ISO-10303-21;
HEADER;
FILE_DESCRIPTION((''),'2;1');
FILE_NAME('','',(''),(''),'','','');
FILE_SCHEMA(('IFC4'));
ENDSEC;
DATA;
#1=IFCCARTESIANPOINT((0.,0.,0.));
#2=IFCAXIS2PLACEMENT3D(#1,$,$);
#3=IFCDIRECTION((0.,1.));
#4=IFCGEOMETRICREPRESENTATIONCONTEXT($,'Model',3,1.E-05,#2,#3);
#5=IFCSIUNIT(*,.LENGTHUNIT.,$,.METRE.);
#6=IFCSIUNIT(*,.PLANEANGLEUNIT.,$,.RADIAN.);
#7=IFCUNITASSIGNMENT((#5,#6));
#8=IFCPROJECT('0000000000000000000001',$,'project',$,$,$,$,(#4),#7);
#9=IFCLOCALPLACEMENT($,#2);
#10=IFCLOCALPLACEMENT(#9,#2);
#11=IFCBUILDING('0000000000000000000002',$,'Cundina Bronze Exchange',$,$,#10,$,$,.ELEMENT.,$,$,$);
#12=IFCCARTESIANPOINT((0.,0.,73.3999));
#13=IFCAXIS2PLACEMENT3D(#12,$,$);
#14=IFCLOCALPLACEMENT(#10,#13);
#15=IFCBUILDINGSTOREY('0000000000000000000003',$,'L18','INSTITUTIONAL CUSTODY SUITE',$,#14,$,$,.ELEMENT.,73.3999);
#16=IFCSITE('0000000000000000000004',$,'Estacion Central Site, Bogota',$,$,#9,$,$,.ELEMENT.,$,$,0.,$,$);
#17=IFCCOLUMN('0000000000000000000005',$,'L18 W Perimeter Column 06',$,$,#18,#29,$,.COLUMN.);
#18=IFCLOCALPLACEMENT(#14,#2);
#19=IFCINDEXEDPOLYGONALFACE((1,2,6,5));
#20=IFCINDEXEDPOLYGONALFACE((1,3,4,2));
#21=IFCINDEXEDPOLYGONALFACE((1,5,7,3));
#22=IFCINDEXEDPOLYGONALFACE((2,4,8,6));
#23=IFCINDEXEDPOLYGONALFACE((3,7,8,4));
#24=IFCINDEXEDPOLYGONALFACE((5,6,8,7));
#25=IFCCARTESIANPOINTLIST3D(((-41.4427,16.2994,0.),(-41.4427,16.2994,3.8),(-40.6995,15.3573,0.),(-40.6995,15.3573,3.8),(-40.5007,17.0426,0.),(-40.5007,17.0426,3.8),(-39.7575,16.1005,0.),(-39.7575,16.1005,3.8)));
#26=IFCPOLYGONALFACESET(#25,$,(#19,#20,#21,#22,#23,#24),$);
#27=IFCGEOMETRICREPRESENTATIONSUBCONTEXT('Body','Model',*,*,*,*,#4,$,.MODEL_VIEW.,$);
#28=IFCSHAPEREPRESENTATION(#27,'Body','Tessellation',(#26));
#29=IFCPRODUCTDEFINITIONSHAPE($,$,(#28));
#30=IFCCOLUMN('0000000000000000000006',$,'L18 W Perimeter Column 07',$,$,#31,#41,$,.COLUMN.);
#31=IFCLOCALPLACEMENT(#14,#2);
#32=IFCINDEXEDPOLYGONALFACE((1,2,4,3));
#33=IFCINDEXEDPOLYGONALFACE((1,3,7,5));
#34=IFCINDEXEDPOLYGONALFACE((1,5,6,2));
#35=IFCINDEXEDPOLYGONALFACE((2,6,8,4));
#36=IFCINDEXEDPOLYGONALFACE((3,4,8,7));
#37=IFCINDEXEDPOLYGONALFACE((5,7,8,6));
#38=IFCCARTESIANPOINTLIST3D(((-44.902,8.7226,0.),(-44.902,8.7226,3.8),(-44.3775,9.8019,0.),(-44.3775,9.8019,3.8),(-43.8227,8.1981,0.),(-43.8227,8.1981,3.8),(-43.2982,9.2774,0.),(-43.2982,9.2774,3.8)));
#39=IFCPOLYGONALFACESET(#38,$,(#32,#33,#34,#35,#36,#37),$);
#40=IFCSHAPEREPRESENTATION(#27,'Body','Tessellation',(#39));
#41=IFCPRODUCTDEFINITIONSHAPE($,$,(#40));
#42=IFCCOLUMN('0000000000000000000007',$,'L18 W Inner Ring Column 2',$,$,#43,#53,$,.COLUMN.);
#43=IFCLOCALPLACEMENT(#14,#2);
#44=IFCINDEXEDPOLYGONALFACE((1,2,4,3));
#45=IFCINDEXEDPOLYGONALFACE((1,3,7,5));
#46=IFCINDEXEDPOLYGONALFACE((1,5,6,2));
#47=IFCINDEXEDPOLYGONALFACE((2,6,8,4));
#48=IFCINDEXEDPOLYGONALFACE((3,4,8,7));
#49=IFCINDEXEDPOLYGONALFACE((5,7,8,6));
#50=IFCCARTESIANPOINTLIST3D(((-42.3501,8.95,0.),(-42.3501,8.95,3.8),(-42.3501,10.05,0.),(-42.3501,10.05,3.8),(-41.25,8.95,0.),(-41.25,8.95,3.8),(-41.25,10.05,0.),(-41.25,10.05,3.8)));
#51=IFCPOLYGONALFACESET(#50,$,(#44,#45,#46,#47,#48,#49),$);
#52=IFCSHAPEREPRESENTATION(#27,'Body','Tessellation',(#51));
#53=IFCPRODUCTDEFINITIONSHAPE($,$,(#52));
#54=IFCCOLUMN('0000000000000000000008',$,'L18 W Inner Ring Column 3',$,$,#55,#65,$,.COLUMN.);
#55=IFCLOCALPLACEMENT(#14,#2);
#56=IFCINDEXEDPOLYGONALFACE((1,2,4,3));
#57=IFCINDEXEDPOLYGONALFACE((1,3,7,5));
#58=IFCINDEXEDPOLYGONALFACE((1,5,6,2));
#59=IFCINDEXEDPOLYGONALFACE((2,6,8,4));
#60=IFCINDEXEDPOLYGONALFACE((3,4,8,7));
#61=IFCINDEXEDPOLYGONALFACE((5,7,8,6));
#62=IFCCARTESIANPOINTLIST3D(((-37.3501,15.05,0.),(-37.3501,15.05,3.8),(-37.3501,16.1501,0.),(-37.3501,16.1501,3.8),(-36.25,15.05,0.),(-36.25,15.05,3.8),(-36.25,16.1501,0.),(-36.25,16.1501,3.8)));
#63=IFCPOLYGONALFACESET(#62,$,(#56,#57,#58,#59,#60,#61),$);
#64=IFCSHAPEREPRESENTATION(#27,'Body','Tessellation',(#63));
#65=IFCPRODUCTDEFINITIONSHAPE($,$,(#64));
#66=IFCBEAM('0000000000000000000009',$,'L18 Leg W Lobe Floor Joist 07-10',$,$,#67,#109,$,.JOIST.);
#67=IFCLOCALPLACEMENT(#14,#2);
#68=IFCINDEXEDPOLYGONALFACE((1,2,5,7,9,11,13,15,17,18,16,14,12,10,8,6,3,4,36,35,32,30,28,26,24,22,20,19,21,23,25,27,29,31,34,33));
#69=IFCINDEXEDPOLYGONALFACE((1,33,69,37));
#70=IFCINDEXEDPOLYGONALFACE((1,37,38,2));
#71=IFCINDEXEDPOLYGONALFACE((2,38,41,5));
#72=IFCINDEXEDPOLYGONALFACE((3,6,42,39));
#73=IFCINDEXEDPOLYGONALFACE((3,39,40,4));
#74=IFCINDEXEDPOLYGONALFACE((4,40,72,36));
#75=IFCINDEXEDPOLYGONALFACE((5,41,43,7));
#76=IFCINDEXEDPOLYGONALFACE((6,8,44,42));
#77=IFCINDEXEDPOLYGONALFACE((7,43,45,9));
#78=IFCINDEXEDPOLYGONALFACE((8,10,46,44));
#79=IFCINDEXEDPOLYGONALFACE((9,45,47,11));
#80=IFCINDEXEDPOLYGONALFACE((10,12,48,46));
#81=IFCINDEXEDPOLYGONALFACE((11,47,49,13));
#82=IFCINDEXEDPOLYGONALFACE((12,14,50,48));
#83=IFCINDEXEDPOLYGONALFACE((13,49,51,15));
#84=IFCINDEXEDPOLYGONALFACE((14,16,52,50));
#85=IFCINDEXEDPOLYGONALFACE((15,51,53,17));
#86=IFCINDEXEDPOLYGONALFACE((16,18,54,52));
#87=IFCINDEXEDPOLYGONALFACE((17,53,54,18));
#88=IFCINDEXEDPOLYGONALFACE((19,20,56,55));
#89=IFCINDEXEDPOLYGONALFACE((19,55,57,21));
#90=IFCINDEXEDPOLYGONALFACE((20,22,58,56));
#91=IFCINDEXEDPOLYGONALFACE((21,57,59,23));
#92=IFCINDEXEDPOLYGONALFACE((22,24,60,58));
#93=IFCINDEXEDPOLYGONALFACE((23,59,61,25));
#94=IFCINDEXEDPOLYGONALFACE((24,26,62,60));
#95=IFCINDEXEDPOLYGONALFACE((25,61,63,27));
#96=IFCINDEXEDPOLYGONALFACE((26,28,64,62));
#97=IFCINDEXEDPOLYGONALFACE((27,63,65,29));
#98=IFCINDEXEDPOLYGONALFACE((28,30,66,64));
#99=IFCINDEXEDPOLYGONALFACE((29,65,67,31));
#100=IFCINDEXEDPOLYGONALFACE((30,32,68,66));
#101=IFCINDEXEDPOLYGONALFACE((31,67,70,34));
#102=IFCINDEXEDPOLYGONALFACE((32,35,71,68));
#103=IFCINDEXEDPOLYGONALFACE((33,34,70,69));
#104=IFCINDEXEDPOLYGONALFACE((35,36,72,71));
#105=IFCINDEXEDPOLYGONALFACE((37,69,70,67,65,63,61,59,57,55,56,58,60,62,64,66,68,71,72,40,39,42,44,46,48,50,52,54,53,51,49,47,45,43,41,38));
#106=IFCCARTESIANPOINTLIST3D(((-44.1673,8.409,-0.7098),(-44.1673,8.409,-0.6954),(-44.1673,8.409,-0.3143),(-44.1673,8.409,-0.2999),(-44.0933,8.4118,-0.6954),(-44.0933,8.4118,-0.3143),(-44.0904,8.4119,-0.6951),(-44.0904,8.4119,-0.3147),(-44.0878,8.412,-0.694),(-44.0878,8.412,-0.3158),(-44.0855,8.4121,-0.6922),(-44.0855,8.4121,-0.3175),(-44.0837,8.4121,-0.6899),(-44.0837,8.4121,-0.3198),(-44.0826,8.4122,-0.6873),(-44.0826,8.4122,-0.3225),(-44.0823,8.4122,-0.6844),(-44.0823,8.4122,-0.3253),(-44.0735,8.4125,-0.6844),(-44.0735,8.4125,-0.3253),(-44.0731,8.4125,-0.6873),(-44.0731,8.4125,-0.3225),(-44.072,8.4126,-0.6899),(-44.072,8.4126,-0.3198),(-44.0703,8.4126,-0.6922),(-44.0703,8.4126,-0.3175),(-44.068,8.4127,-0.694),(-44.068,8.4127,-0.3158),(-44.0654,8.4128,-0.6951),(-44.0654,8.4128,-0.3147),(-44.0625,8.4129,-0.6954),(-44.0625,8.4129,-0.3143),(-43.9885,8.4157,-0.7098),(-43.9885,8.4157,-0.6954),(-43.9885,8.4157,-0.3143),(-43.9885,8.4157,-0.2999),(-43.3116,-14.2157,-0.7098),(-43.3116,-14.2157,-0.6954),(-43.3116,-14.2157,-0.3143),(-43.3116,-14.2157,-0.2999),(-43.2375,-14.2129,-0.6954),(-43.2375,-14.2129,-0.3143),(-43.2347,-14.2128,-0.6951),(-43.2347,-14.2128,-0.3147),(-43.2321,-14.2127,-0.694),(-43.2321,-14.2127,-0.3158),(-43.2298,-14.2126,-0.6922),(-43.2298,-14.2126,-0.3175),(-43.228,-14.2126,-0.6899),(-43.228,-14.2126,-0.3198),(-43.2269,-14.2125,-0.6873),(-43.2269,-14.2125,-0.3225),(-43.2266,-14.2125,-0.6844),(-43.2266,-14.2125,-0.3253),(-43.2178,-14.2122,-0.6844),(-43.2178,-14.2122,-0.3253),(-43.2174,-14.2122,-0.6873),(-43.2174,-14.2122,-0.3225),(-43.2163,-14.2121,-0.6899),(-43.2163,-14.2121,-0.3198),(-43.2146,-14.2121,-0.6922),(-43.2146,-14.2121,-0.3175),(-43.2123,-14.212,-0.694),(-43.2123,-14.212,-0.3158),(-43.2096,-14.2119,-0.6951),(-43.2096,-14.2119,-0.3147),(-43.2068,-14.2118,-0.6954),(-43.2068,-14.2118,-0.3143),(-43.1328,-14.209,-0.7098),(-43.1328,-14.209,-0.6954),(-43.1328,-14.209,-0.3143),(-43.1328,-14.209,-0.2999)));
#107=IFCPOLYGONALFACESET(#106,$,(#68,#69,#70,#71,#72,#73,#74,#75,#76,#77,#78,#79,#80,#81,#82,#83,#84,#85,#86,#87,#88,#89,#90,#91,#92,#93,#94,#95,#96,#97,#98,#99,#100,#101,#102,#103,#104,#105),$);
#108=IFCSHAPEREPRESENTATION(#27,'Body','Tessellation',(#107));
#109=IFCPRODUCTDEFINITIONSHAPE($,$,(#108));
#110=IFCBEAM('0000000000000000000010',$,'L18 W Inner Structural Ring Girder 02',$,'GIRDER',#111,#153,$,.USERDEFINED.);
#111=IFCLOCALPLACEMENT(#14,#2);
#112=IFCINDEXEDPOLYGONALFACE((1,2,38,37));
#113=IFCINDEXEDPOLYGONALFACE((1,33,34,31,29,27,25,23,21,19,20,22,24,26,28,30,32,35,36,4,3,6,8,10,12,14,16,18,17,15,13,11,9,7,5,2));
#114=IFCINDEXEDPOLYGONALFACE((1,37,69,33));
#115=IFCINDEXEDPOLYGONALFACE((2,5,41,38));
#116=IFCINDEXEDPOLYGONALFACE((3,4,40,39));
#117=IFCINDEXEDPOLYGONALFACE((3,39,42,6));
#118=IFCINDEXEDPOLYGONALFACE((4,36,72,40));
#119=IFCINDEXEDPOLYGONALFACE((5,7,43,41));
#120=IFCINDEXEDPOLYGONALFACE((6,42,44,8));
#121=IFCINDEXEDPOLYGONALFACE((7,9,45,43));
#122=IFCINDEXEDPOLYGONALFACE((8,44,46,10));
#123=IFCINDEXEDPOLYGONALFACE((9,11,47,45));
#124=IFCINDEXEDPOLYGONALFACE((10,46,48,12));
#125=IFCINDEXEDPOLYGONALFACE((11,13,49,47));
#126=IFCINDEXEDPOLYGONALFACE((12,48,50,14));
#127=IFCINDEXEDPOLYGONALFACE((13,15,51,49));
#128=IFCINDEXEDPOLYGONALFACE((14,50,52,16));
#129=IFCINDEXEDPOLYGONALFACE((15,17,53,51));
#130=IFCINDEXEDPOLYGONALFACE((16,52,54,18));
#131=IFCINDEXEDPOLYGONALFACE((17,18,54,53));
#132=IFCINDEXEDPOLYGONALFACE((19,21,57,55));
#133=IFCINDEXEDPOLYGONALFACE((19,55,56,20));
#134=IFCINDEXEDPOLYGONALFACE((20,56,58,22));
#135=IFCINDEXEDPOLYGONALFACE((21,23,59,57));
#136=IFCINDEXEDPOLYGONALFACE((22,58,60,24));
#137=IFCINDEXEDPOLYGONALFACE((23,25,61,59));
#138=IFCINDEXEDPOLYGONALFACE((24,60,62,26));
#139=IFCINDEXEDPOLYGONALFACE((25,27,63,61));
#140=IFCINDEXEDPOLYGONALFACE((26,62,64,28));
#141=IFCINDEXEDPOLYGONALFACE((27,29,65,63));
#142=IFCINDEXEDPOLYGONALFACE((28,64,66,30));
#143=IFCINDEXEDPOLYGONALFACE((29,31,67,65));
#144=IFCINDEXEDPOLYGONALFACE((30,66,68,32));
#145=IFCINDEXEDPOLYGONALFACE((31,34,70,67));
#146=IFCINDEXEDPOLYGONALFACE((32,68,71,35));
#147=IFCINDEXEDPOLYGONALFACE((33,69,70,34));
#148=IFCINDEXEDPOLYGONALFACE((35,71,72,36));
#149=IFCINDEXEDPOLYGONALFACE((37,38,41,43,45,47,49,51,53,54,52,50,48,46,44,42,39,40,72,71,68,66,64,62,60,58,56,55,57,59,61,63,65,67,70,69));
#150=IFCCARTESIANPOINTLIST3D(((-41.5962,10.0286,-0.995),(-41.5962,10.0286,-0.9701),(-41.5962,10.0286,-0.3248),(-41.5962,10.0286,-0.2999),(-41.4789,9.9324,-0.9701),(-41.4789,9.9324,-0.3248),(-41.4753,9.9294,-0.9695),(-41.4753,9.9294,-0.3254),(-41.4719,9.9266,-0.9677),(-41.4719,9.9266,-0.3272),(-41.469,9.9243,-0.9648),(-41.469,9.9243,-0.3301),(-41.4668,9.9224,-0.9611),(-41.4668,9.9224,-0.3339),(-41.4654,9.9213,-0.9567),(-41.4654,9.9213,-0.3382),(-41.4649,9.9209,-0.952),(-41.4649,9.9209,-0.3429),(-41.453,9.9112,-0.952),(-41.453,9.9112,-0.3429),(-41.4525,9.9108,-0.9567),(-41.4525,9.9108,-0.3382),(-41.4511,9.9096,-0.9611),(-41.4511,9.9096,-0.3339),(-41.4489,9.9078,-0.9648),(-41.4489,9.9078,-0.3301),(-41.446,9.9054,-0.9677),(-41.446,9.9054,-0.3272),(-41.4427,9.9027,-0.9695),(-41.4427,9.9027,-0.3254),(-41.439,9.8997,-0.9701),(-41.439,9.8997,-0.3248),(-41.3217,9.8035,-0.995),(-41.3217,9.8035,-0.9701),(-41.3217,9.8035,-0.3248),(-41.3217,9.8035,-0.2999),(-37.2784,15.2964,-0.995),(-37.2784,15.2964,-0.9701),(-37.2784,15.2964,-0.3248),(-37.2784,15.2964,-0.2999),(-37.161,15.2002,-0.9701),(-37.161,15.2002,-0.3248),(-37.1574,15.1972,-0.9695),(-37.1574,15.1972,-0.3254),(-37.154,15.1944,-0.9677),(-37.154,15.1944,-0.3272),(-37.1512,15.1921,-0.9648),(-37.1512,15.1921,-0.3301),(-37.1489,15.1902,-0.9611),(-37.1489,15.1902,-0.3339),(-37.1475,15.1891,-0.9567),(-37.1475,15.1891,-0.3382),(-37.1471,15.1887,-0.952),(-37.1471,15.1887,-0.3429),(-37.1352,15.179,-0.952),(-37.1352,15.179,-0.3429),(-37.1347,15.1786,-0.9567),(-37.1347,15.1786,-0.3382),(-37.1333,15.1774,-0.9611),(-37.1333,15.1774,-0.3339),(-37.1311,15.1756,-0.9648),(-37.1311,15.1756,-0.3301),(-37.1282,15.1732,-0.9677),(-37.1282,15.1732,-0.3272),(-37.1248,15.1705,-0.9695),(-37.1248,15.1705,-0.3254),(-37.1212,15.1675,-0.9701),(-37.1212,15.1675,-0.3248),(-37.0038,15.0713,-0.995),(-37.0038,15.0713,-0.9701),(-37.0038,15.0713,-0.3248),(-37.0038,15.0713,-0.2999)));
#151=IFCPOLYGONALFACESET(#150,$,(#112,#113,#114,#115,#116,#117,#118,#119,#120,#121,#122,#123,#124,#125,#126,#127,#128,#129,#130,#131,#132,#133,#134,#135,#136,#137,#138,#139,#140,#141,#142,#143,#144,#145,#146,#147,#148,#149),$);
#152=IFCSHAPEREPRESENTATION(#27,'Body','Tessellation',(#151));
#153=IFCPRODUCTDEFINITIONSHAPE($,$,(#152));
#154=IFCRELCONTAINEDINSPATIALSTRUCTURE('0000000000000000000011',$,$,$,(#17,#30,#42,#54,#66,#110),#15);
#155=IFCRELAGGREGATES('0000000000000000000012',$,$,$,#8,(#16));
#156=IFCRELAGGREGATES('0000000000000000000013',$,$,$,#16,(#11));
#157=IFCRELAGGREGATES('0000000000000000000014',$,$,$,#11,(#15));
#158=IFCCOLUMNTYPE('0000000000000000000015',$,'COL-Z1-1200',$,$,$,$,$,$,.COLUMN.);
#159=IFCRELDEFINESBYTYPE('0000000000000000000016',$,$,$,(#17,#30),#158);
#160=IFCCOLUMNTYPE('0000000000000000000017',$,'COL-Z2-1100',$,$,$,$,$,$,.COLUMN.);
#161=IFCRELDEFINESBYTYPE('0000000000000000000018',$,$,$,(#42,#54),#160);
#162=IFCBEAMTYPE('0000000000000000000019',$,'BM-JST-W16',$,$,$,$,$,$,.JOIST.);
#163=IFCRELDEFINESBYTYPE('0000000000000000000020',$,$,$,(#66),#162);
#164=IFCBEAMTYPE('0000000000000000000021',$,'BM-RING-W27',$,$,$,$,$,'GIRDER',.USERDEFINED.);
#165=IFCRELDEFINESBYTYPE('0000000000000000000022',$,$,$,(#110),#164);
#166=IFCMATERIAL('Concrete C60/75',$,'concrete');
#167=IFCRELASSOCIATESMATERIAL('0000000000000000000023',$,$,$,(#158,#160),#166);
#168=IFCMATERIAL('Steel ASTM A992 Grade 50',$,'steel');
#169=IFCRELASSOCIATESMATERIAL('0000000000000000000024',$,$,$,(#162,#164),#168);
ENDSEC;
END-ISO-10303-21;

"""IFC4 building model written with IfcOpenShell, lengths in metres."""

from ifc_helpers import new_model, si_unit, direction, frame, origin, origin_2d, place, context, subcontext, project, spatial, rectangle, i_section, extrude, material, material_profile, profile_set, type_object, element, save


model = new_model("IFC4")

# Units and contexts
model_context = context("Model", 3, precision=1e-05, world=origin(), true_north=direction((0.0, 1.0)))
body_context = subcontext(model_context, "Body", "Model", "MODEL_VIEW")
ifc_project = project(units=[si_unit("LENGTHUNIT", "METRE"), si_unit("PLANEANGLEUNIT", "RADIAN")], contexts=[model_context])

# Site, building, storey
site_placement = place(None, origin())
site = spatial("IfcSite", under=ifc_project, at=site_placement, Name="Estacion Central Site, Bogota", CompositionType="ELEMENT", RefElevation=0.0)
building_placement = place(site_placement, origin())
building = spatial("IfcBuilding", under=site, at=building_placement, Name="Cundina Bronze Exchange", CompositionType="ELEMENT")
storey_placement = place(building_placement, frame((0.0, 0.0, 73.3999)))
storey = spatial("IfcBuildingStorey", under=building, at=storey_placement, Name="L18", Description="INSTITUTIONAL CUSTODY SUITE", CompositionType="ELEMENT", Elevation=73.3999)

# Columns
ifc_material_1 = material(Name="Concrete C60/75", Category="concrete")
ifc_material_profile_1 = material_profile(ifc_material_1, rectangle(XDim=1.2, YDim=1.2, at=origin_2d()), Name="RC1200X1200", Category="concrete")
ifc_profile_set_1 = profile_set([ifc_material_profile_1], Name="Concrete C60/75")
column_type_1 = type_object("IfcColumnType", Name="COL-Z1-1200", PredefinedType="COLUMN", material=ifc_profile_set_1)
for number, where, z_axis, x_axis, name in (
    (1, (-40.6001, 16.2, 0.0), (0.0, 0.0, 1.0), (-0.785101, -0.619368, 0.0), "L18 W Perimeter Column 06"),
    (2, (-44.1001, 9.0, 0.0), (0.0, 0.0, 1.0), (-0.437116, -0.899405, 0.0), "L18 W Perimeter Column 07"),
):
    element("IfcColumn", number, at=place(storey_placement, frame(where, z_axis=z_axis, x_axis=x_axis)), inside=storey, type_object=column_type_1, Name=name, PredefinedType="COLUMN", context=body_context, shape_type="SweptSolid", body=[
        extrude(rectangle(XDim=1.2, YDim=1.2, at=origin_2d()), origin(), (0.0, 0.0, 1.0), 3.8),
    ])
ifc_material_profile_2 = material_profile(ifc_material_1, rectangle(XDim=1.1001, YDim=1.1001, at=origin_2d()), Name="RC1100X1100", Category="concrete")
ifc_profile_set_2 = profile_set([ifc_material_profile_2], Name="Concrete C60/75")
column_type_2 = type_object("IfcColumnType", Name="COL-Z2-1100", PredefinedType="COLUMN", material=ifc_profile_set_2)
for number, where, z_axis, x_axis, name in (
    (3, (-41.8, 9.5, 0.0), (0.0, 0.0, 1.0), (1.0, 0.0, 0.0), "L18 W Inner Ring Column 2"),
    (4, (-36.8, 15.6001, 0.0), (0.0, 0.0, 1.0), (1.0, 0.0, 0.0), "L18 W Inner Ring Column 3"),
):
    element("IfcColumn", number, at=place(storey_placement, frame(where, z_axis=z_axis, x_axis=x_axis)), inside=storey, type_object=column_type_2, Name=name, PredefinedType="COLUMN", context=body_context, shape_type="SweptSolid", body=[
        extrude(rectangle(XDim=1.1001, YDim=1.1001, at=origin_2d()), origin(), (0.0, 0.0, 1.0), 3.8),
    ])

# Beams
ifc_material_2 = material(Name="Steel ASTM A992 Grade 50", Category="steel")
ifc_material_profile_3 = material_profile(ifc_material_2, i_section(OverallWidth=0.179, OverallDepth=0.4099, WebThickness=0.0088, FlangeThickness=0.0144, FilletRadius=0.011, at=origin_2d()), Name="W16X45", Category="steel")
ifc_profile_set_3 = profile_set([ifc_material_profile_3], Name="Steel ASTM A992 Grade 50")
beam_type_1 = type_object("IfcBeamType", Name="BM-JST-W16", PredefinedType="JOIST", material=ifc_profile_set_3)
beam_1_placement = place(storey_placement, frame((-44.0779, 8.4124, -0.5049), z_axis=(0.037795, -0.999286, 0.0), x_axis=(0.999286, 0.037795, 0.0)))
element("IfcBeam", 5, at=beam_1_placement, inside=storey, type_object=beam_type_1, Name="L18 Leg W Lobe Floor Joist 07-10", PredefinedType="JOIST", context=body_context, shape_type="SweptSolid", body=[
    extrude(i_section(OverallWidth=0.179, OverallDepth=0.4099, WebThickness=0.0088, FlangeThickness=0.0144, FilletRadius=0.011, at=origin_2d()), origin(), (0.0, 0.0, 1.0), 22.6409),
])
ifc_material_profile_4 = material_profile(ifc_material_2, i_section(OverallWidth=0.355, OverallDepth=0.6951, WebThickness=0.0154, FlangeThickness=0.0249, FilletRadius=0.0181, at=origin_2d()), Name="W27X146", Category="steel")
ifc_profile_set_4 = profile_set([ifc_material_profile_4], Name="Steel ASTM A992 Grade 50")
beam_type_2 = type_object("IfcBeamType", Name="BM-RING-W27", ElementType="GIRDER", PredefinedType="USERDEFINED", material=ifc_profile_set_4)
beam_2_placement = place(storey_placement, frame((-37.1411, 15.1838, -0.6475), z_axis=(-0.633927, -0.773393, 0.0), x_axis=(0.773393, -0.633927, 0.0)))
element("IfcBeam", 6, at=beam_2_placement, inside=storey, type_object=beam_type_2, Name="L18 W Inner Structural Ring Girder 02", ObjectType="GIRDER", PredefinedType="USERDEFINED", context=body_context, shape_type="SweptSolid", body=[
    extrude(i_section(OverallWidth=0.355, OverallDepth=0.6951, WebThickness=0.0154, FlangeThickness=0.0249, FilletRadius=0.0181, at=origin_2d()), origin(), (0.0, 0.0, 1.0), 6.8113),
])

save(model, "model.ifc")
